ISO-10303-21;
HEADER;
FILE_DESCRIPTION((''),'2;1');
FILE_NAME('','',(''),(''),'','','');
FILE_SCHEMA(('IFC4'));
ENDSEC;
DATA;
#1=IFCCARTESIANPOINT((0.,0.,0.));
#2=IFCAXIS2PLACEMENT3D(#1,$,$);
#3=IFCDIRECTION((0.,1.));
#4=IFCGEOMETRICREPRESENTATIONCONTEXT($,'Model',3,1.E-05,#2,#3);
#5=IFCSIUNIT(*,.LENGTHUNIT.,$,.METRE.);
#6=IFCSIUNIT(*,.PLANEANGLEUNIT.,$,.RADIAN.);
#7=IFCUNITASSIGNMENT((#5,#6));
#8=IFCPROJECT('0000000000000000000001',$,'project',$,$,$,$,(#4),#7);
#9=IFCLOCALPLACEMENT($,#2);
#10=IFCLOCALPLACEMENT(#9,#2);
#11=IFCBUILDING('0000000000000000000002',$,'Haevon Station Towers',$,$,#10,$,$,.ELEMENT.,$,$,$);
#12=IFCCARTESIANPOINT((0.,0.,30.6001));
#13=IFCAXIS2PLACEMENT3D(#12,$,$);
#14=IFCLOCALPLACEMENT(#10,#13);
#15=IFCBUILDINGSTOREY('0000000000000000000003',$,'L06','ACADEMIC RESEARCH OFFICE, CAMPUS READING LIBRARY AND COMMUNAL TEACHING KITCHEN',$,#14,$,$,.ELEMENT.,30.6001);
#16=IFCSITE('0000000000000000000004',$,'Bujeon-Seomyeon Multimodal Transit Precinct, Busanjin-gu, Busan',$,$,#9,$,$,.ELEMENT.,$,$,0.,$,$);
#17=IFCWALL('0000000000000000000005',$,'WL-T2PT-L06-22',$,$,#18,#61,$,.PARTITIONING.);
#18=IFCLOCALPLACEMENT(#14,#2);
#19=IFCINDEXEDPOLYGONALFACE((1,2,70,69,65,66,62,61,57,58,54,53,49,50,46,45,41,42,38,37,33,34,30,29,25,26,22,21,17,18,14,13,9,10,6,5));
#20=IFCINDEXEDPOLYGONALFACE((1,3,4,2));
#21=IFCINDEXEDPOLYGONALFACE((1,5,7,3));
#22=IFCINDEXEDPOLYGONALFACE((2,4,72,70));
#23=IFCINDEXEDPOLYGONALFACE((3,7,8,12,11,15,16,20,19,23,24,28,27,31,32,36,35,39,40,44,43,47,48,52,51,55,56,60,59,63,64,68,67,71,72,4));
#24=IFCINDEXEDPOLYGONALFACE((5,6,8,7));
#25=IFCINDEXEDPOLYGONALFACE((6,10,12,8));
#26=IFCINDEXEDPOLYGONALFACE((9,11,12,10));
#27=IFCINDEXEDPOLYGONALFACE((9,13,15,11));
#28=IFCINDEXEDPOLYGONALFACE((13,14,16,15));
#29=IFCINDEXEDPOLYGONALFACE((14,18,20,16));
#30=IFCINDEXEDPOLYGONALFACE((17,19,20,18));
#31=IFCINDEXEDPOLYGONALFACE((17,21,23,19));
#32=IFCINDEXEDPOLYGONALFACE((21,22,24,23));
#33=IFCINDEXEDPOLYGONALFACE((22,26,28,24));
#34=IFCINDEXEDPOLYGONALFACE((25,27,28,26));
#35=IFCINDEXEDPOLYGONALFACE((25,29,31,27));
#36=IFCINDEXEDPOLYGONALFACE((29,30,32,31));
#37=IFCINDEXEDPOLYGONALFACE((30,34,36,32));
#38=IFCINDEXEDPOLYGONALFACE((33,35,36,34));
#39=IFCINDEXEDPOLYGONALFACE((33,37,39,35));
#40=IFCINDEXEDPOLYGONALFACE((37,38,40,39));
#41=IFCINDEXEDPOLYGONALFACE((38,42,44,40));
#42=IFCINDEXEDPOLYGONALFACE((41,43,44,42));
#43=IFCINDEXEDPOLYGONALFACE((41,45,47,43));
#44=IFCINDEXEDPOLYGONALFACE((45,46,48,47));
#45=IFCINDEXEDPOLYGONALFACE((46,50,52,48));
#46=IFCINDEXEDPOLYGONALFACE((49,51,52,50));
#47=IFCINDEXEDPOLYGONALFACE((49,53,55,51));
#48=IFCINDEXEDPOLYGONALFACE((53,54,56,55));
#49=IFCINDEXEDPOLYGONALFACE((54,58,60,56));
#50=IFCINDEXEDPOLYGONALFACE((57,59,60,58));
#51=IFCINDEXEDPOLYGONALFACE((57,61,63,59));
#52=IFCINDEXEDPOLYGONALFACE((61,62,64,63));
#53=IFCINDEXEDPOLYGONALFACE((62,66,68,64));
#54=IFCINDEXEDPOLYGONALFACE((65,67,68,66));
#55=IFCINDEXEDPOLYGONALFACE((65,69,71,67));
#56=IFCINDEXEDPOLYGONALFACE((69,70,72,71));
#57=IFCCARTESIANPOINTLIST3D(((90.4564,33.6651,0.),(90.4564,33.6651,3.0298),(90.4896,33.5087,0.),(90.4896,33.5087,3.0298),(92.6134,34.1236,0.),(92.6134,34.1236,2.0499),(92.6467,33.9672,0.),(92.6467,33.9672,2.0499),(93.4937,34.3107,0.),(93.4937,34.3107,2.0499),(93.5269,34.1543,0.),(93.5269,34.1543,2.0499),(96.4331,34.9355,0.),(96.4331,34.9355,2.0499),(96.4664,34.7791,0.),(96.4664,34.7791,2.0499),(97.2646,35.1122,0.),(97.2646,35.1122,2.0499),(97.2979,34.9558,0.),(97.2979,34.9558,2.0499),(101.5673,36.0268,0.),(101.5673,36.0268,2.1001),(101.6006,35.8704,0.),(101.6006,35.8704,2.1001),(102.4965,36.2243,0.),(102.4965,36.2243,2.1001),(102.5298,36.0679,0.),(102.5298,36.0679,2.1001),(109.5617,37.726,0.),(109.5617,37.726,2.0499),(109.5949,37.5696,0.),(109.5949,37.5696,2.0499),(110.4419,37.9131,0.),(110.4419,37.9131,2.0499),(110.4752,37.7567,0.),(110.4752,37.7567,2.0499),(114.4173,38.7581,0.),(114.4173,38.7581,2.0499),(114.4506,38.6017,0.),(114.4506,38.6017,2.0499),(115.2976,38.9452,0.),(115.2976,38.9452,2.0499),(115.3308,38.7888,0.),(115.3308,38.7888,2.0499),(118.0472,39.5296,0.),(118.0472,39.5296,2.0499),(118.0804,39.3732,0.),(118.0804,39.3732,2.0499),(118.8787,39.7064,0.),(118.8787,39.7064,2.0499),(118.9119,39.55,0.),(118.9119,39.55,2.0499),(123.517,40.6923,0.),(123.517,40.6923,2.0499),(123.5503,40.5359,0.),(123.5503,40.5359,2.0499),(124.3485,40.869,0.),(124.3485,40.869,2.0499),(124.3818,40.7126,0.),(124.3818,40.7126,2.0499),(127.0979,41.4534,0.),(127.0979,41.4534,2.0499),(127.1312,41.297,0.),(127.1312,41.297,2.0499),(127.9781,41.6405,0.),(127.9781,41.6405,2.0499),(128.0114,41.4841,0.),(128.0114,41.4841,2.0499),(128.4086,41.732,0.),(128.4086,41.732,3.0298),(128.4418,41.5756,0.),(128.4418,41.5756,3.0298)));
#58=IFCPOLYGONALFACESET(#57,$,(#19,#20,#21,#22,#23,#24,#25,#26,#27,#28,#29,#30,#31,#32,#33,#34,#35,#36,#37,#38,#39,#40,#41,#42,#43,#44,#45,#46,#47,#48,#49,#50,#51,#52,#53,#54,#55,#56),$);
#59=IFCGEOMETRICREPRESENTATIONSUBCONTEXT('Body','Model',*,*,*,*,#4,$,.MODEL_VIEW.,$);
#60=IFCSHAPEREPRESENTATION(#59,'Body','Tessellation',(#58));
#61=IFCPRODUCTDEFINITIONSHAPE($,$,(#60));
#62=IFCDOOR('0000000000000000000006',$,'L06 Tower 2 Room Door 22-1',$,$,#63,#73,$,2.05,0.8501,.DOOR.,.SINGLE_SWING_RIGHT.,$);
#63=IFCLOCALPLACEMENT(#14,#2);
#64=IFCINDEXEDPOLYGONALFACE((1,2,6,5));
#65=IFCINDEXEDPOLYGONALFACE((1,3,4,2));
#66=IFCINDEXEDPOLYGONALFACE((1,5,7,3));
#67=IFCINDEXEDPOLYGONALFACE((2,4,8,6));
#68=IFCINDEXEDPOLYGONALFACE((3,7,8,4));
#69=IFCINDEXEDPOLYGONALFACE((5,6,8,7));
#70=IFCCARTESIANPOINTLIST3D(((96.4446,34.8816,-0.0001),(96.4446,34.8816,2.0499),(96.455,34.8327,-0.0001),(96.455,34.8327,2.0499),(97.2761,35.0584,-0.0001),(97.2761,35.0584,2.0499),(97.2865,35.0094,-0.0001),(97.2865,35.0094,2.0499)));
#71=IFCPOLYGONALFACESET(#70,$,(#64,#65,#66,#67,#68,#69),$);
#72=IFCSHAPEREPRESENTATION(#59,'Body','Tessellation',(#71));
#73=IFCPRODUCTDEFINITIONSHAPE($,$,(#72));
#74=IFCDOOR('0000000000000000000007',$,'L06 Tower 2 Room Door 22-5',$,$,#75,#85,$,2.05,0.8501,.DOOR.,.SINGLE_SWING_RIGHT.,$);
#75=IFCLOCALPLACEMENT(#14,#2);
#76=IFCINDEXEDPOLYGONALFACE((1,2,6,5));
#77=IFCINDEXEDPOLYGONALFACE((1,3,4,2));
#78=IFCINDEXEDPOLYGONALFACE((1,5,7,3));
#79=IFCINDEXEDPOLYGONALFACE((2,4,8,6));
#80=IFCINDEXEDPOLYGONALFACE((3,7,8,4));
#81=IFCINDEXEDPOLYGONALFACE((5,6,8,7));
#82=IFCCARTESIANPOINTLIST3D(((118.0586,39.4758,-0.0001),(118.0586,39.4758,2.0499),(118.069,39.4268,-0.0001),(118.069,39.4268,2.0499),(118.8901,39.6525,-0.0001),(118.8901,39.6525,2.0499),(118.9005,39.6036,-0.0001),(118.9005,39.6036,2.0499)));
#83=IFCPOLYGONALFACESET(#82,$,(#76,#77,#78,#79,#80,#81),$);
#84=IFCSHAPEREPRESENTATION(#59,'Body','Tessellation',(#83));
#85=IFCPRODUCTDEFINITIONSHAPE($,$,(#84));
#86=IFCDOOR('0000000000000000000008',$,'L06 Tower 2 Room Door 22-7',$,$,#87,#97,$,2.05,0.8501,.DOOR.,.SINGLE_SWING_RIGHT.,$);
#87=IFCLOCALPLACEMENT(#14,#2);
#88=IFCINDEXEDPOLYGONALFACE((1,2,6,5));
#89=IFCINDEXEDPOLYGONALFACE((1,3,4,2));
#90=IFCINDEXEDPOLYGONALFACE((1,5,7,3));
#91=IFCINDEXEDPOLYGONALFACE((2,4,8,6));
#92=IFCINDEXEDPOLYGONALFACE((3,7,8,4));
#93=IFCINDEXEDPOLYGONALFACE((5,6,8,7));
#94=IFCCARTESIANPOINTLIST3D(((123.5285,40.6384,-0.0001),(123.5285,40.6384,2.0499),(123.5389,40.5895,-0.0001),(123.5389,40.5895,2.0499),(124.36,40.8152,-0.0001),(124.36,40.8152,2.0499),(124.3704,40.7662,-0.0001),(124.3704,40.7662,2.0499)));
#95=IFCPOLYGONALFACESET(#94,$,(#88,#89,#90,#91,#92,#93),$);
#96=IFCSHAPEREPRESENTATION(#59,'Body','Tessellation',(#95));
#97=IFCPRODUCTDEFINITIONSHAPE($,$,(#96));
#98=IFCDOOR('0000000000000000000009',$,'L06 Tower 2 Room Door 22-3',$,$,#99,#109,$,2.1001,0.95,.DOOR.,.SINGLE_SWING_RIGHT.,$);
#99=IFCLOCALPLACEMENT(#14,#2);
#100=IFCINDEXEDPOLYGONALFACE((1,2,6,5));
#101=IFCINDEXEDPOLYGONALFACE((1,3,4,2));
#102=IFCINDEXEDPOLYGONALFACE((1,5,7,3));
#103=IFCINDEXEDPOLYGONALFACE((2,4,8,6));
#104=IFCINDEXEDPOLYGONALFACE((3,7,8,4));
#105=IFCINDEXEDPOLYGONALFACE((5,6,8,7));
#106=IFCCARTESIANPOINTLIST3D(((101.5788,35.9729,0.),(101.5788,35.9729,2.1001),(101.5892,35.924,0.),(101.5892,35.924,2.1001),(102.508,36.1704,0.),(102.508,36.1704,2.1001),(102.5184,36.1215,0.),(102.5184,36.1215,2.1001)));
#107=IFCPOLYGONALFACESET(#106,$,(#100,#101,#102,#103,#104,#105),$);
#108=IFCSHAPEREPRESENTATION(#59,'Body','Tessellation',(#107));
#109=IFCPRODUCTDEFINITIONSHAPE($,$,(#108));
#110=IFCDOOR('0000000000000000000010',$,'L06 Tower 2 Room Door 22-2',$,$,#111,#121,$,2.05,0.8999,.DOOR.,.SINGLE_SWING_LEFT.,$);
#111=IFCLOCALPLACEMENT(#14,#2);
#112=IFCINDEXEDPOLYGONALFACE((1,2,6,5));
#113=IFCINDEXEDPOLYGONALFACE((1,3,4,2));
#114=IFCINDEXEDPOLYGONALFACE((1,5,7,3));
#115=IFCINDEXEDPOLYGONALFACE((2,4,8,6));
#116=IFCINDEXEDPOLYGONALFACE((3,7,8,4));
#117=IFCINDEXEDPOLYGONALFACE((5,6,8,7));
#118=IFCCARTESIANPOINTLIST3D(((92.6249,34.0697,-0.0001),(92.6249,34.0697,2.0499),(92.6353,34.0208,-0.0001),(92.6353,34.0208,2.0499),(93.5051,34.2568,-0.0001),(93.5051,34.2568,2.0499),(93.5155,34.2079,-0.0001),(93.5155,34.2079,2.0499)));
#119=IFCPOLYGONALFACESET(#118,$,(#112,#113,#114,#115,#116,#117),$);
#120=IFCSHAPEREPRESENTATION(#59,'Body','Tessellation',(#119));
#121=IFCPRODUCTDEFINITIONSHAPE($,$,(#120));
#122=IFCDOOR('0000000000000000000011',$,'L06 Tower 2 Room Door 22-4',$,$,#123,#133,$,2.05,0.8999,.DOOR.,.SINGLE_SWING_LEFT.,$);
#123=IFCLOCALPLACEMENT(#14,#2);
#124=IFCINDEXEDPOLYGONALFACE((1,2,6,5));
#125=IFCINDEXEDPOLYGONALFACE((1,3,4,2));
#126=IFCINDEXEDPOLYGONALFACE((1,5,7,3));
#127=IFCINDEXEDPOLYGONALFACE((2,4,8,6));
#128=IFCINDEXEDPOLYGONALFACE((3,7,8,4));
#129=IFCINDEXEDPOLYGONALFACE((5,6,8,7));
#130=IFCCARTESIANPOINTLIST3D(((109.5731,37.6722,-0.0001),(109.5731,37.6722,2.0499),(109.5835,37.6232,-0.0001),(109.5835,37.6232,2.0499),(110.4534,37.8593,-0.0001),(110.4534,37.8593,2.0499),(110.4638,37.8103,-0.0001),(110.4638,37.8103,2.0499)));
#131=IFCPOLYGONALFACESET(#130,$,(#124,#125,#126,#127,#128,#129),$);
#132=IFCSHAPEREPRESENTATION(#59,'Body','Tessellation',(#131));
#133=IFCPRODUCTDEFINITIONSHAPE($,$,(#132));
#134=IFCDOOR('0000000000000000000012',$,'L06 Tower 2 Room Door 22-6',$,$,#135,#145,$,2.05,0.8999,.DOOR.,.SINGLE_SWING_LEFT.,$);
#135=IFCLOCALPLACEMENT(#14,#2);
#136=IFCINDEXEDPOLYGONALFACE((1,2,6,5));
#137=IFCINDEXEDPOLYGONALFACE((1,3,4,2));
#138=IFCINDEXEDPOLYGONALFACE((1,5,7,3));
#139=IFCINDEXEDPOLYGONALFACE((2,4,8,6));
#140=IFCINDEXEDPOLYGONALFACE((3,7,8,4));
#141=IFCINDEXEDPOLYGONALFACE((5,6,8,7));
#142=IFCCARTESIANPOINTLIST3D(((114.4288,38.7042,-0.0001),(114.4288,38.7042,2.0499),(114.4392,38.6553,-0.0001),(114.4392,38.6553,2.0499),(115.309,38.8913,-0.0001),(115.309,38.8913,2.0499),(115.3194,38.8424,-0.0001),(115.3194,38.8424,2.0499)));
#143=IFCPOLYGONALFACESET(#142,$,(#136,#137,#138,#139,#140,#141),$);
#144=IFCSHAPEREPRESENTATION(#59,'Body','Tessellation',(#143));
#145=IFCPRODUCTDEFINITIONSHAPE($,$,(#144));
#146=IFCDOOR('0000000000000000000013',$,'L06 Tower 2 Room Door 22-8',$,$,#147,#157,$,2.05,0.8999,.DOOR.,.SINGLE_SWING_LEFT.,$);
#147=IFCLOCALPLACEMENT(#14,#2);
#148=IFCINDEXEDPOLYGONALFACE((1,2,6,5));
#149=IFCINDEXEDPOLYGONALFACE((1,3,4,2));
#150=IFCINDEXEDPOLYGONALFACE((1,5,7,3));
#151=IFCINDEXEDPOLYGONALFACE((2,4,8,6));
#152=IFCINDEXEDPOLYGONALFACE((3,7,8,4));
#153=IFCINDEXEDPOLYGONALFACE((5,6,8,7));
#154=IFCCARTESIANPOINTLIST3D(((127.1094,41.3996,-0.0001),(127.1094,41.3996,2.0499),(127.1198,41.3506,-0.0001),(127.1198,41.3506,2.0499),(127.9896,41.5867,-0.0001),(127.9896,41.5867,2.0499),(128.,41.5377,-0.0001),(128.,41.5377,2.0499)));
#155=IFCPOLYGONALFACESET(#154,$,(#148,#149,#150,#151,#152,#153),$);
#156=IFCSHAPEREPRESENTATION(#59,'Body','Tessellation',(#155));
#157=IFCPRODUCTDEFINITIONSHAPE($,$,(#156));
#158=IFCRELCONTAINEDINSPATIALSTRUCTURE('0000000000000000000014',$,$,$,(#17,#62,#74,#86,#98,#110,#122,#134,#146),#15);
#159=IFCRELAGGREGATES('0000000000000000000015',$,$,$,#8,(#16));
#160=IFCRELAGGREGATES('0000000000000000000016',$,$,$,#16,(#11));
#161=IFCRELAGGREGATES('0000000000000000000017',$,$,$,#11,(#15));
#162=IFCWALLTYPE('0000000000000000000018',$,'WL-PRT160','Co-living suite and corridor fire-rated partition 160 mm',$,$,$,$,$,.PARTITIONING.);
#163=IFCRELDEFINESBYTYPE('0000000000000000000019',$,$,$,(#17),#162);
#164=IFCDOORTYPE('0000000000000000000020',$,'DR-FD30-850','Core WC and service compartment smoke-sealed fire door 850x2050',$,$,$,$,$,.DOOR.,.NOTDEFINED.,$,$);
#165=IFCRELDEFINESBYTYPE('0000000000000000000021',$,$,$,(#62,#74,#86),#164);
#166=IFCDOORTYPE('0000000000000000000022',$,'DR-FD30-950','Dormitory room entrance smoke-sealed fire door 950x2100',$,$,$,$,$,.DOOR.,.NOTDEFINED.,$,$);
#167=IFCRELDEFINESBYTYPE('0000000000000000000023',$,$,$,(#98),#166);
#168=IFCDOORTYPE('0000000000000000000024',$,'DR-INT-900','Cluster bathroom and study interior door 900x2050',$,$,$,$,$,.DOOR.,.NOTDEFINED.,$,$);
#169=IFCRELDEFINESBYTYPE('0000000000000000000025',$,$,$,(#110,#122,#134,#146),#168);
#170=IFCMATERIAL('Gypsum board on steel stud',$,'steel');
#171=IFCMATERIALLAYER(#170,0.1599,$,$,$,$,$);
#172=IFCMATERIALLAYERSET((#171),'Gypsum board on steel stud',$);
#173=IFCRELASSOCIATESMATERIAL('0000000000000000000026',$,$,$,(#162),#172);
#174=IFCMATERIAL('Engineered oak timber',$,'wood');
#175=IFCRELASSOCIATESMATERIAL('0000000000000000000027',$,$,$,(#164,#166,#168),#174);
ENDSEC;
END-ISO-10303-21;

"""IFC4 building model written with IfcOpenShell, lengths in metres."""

from ifc_helpers import new_model, si_unit, direction, frame, frame_2d, origin, place, context, subcontext, project, spatial, rectangle, extrude, material, layer, layer_set, type_object, element, fill, save


model = new_model("IFC4")

# Units and contexts
model_context = context("Model", 3, precision=1e-05, world=origin(), true_north=direction((0.0, 1.0)))
body_context = subcontext(model_context, "Body", "Model", "MODEL_VIEW")
ifc_project = project(units=[si_unit("LENGTHUNIT", "METRE"), si_unit("PLANEANGLEUNIT", "RADIAN")], contexts=[model_context])

# Site, building, storey
site_placement = place(None, origin())
site = spatial("IfcSite", under=ifc_project, at=site_placement, Name="Bujeon-Seomyeon Multimodal Transit Precinct, Busanjin-gu, Busan", CompositionType="ELEMENT", RefElevation=0.0)
building_placement = place(site_placement, origin())
building = spatial("IfcBuilding", under=site, at=building_placement, Name="Haevon Station Towers", CompositionType="ELEMENT")
storey_placement = place(building_placement, frame((0.0, 0.0, 30.6001)))
storey = spatial("IfcBuildingStorey", under=building, at=storey_placement, Name="L06", Description="ACADEMIC RESEARCH OFFICE, CAMPUS READING LIBRARY AND COMMUNAL TEACHING KITCHEN", CompositionType="ELEMENT", Elevation=30.6001)

# Shared definitions
ifc_material_1 = material(Name="Gypsum board on steel stud", Category="steel")

# Wall, openings, doors
ifc_layer_1 = layer(ifc_material_1, 0.1599)
ifc_layer_set_1 = layer_set([ifc_layer_1], Name="Gypsum board on steel stud")
wall_type_1 = type_object("IfcWallType", Name="WL-PRT160", Description="Co-living suite and corridor fire-rated partition 160 mm", PredefinedType="PARTITIONING", material=ifc_layer_set_1)
wall_1_placement = place(storey_placement, frame((90.4731, 33.5869, 0.0), z_axis=(0.0, 0.0, 1.0), x_axis=(0.978148, 0.20791, 0.0)))
wall_1 = element("IfcWall", 1, at=wall_1_placement, inside=storey, type_object=wall_type_1, Name="WL-T2PT-L06-22", PredefinedType="PARTITIONING", context=body_context, shape_type="SweptSolid", body=[
    extrude(rectangle(XDim=38.8, YDim=0.1599, at=frame_2d((19.3999, 0.0))), origin(), (0.0, 0.0, 1.0), 3.0298),
])
opening_1_placement = place(wall_1_placement, frame((6.1101, 0.0, 0.0)))
opening_1 = element("IfcOpeningElement", 2, at=opening_1_placement, cuts=wall_1, PredefinedType="OPENING", context=body_context, shape_type="SweptSolid", body=[
    extrude(rectangle(XDim=0.8501, YDim=2.05, at=frame_2d((0.425, 1.0249))), frame((0.0, 0.0898, 0.0), z_axis=(0.0, -1.0, 0.0), x_axis=(1.0, 0.0, 0.0)), (0.0, 0.0, 1.0), 0.1799),
])
opening_2_placement = place(wall_1_placement, frame((2.2051, 0.0, 0.0)))
opening_2 = element("IfcOpeningElement", 3, at=opening_2_placement, cuts=wall_1, PredefinedType="OPENING", context=body_context, shape_type="SweptSolid", body=[
    extrude(rectangle(XDim=0.8999, YDim=2.05, at=frame_2d((0.45, 1.0249))), frame((0.0, 0.0898, 0.0), z_axis=(0.0, -1.0, 0.0), x_axis=(1.0, 0.0, 0.0)), (0.0, 0.0, 1.0), 0.1799),
])
opening_3_placement = place(wall_1_placement, frame((11.3589, 0.0, 0.0)))
opening_3 = element("IfcOpeningElement", 4, at=opening_3_placement, cuts=wall_1, PredefinedType="OPENING", context=body_context, shape_type="SweptSolid", body=[
    extrude(rectangle(XDim=0.95, YDim=2.1001, at=frame_2d((0.4751, 1.05))), frame((0.0, 0.0898, 0.0), z_axis=(0.0, -1.0, 0.0), x_axis=(1.0, 0.0, 0.0)), (0.0, 0.0, 1.0), 0.1799),
])
opening_4_placement = place(wall_1_placement, frame((19.532, 0.0, 0.0)))
opening_4 = element("IfcOpeningElement", 5, at=opening_4_placement, cuts=wall_1, PredefinedType="OPENING", context=body_context, shape_type="SweptSolid", body=[
    extrude(rectangle(XDim=0.8999, YDim=2.05, at=frame_2d((0.45, 1.0249))), frame((0.0, 0.0898, 0.0), z_axis=(0.0, -1.0, 0.0), x_axis=(1.0, 0.0, 0.0)), (0.0, 0.0, 1.0), 0.1799),
])
opening_5_placement = place(wall_1_placement, frame((28.207, 0.0, 0.0)))
opening_5 = element("IfcOpeningElement", 6, at=opening_5_placement, cuts=wall_1, PredefinedType="OPENING", context=body_context, shape_type="SweptSolid", body=[
    extrude(rectangle(XDim=0.8501, YDim=2.05, at=frame_2d((0.425, 1.0249))), frame((0.0, 0.0898, 0.0), z_axis=(0.0, -1.0, 0.0), x_axis=(1.0, 0.0, 0.0)), (0.0, 0.0, 1.0), 0.1799),
])
opening_6_placement = place(wall_1_placement, frame((24.4961, 0.0, 0.0)))
opening_6 = element("IfcOpeningElement", 7, at=opening_6_placement, cuts=wall_1, PredefinedType="OPENING", context=body_context, shape_type="SweptSolid", body=[
    extrude(rectangle(XDim=0.8999, YDim=2.05, at=frame_2d((0.45, 1.0249))), frame((0.0, 0.0898, 0.0), z_axis=(0.0, -1.0, 0.0), x_axis=(1.0, 0.0, 0.0)), (0.0, 0.0, 1.0), 0.1799),
])
opening_7_placement = place(wall_1_placement, frame((33.7991, 0.0, 0.0)))
opening_7 = element("IfcOpeningElement", 8, at=opening_7_placement, cuts=wall_1, PredefinedType="OPENING", context=body_context, shape_type="SweptSolid", body=[
    extrude(rectangle(XDim=0.8501, YDim=2.05, at=frame_2d((0.425, 1.0249))), frame((0.0, 0.0898, 0.0), z_axis=(0.0, -1.0, 0.0), x_axis=(1.0, 0.0, 0.0)), (0.0, 0.0, 1.0), 0.1799),
])
opening_8_placement = place(wall_1_placement, frame((37.46, 0.0, 0.0)))
opening_8 = element("IfcOpeningElement", 9, at=opening_8_placement, cuts=wall_1, PredefinedType="OPENING", context=body_context, shape_type="SweptSolid", body=[
    extrude(rectangle(XDim=0.8999, YDim=2.05, at=frame_2d((0.45, 1.0249))), frame((0.0, 0.0898, 0.0), z_axis=(0.0, -1.0, 0.0), x_axis=(1.0, 0.0, 0.0)), (0.0, 0.0, 1.0), 0.1799),
])
ifc_material_2 = material(Name="Engineered oak timber", Category="wood")
door_type_1 = type_object("IfcDoorType", Name="DR-FD30-850", Description="Core WC and service compartment smoke-sealed fire door 850x2050", OperationType="NOTDEFINED", PredefinedType="DOOR", material=ifc_material_2)
door_1_placement = place(opening_1_placement, origin())
door_1 = element("IfcDoor", 10, at=door_1_placement, inside=storey, type_object=door_type_1, Name="L06 Tower 2 Room Door 22-1", OperationType="SINGLE_SWING_RIGHT", OverallHeight=2.05, OverallWidth=0.8501, PredefinedType="DOOR", context=body_context, shape_type="SweptSolid", body=[
    extrude(rectangle(XDim=0.8501, YDim=2.05, at=frame_2d((0.425, 1.0249))), frame((0.0, 0.0249, 0.0), z_axis=(0.0, -1.0, 0.0), x_axis=(1.0, 0.0, 0.0)), (0.0, 0.0, 1.0), 0.05),
])
fill(opening_1, door_1)
door_2_placement = place(opening_5_placement, origin())
door_2 = element("IfcDoor", 11, at=door_2_placement, inside=storey, type_object=door_type_1, Name="L06 Tower 2 Room Door 22-5", OperationType="SINGLE_SWING_RIGHT", OverallHeight=2.05, OverallWidth=0.8501, PredefinedType="DOOR", context=body_context, shape_type="SweptSolid", body=[
    extrude(rectangle(XDim=0.8501, YDim=2.05, at=frame_2d((0.425, 1.0249))), frame((0.0, 0.0249, 0.0), z_axis=(0.0, -1.0, 0.0), x_axis=(1.0, 0.0, 0.0)), (0.0, 0.0, 1.0), 0.05),
])
fill(opening_5, door_2)
door_3_placement = place(opening_7_placement, origin())
door_3 = element("IfcDoor", 12, at=door_3_placement, inside=storey, type_object=door_type_1, Name="L06 Tower 2 Room Door 22-7", OperationType="SINGLE_SWING_RIGHT", OverallHeight=2.05, OverallWidth=0.8501, PredefinedType="DOOR", context=body_context, shape_type="SweptSolid", body=[
    extrude(rectangle(XDim=0.8501, YDim=2.05, at=frame_2d((0.425, 1.0249))), frame((0.0, 0.0249, 0.0), z_axis=(0.0, -1.0, 0.0), x_axis=(1.0, 0.0, 0.0)), (0.0, 0.0, 1.0), 0.05),
])
fill(opening_7, door_3)
door_type_2 = type_object("IfcDoorType", Name="DR-FD30-950", Description="Dormitory room entrance smoke-sealed fire door 950x2100", OperationType="NOTDEFINED", PredefinedType="DOOR", material=ifc_material_2)
door_4_placement = place(opening_3_placement, origin())
door_4 = element("IfcDoor", 13, at=door_4_placement, inside=storey, type_object=door_type_2, Name="L06 Tower 2 Room Door 22-3", OperationType="SINGLE_SWING_RIGHT", OverallHeight=2.1001, OverallWidth=0.95, PredefinedType="DOOR", context=body_context, shape_type="SweptSolid", body=[
    extrude(rectangle(XDim=0.95, YDim=2.1001, at=frame_2d((0.4751, 1.05))), frame((0.0, 0.0249, 0.0), z_axis=(0.0, -1.0, 0.0), x_axis=(1.0, 0.0, 0.0)), (0.0, 0.0, 1.0), 0.05),
])
fill(opening_3, door_4)
door_type_3 = type_object("IfcDoorType", Name="DR-INT-900", Description="Cluster bathroom and study interior door 900x2050", OperationType="NOTDEFINED", PredefinedType="DOOR", material=ifc_material_2)
door_5_placement = place(opening_2_placement, origin())
door_5 = element("IfcDoor", 14, at=door_5_placement, inside=storey, type_object=door_type_3, Name="L06 Tower 2 Room Door 22-2", OperationType="SINGLE_SWING_LEFT", OverallHeight=2.05, OverallWidth=0.8999, PredefinedType="DOOR", context=body_context, shape_type="SweptSolid", body=[
    extrude(rectangle(XDim=0.8999, YDim=2.05, at=frame_2d((0.45, 1.0249))), frame((0.0, 0.0249, 0.0), z_axis=(0.0, -1.0, 0.0), x_axis=(1.0, 0.0, 0.0)), (0.0, 0.0, 1.0), 0.05),
])
fill(opening_2, door_5)
door_6_placement = place(opening_4_placement, origin())
door_6 = element("IfcDoor", 15, at=door_6_placement, inside=storey, type_object=door_type_3, Name="L06 Tower 2 Room Door 22-4", OperationType="SINGLE_SWING_LEFT", OverallHeight=2.05, OverallWidth=0.8999, PredefinedType="DOOR", context=body_context, shape_type="SweptSolid", body=[
    extrude(rectangle(XDim=0.8999, YDim=2.05, at=frame_2d((0.45, 1.0249))), frame((0.0, 0.0249, 0.0), z_axis=(0.0, -1.0, 0.0), x_axis=(1.0, 0.0, 0.0)), (0.0, 0.0, 1.0), 0.05),
])
fill(opening_4, door_6)
door_7_placement = place(opening_6_placement, origin())
door_7 = element("IfcDoor", 16, at=door_7_placement, inside=storey, type_object=door_type_3, Name="L06 Tower 2 Room Door 22-6", OperationType="SINGLE_SWING_LEFT", OverallHeight=2.05, OverallWidth=0.8999, PredefinedType="DOOR", context=body_context, shape_type="SweptSolid", body=[
    extrude(rectangle(XDim=0.8999, YDim=2.05, at=frame_2d((0.45, 1.0249))), frame((0.0, 0.0249, 0.0), z_axis=(0.0, -1.0, 0.0), x_axis=(1.0, 0.0, 0.0)), (0.0, 0.0, 1.0), 0.05),
])
fill(opening_6, door_7)
door_8_placement = place(opening_8_placement, origin())
door_8 = element("IfcDoor", 17, at=door_8_placement, inside=storey, type_object=door_type_3, Name="L06 Tower 2 Room Door 22-8", OperationType="SINGLE_SWING_LEFT", OverallHeight=2.05, OverallWidth=0.8999, PredefinedType="DOOR", context=body_context, shape_type="SweptSolid", body=[
    extrude(rectangle(XDim=0.8999, YDim=2.05, at=frame_2d((0.45, 1.0249))), frame((0.0, 0.0249, 0.0), z_axis=(0.0, -1.0, 0.0), x_axis=(1.0, 0.0, 0.0)), (0.0, 0.0, 1.0), 0.05),
])
fill(opening_8, door_8)

save(model, "model.ifc")
